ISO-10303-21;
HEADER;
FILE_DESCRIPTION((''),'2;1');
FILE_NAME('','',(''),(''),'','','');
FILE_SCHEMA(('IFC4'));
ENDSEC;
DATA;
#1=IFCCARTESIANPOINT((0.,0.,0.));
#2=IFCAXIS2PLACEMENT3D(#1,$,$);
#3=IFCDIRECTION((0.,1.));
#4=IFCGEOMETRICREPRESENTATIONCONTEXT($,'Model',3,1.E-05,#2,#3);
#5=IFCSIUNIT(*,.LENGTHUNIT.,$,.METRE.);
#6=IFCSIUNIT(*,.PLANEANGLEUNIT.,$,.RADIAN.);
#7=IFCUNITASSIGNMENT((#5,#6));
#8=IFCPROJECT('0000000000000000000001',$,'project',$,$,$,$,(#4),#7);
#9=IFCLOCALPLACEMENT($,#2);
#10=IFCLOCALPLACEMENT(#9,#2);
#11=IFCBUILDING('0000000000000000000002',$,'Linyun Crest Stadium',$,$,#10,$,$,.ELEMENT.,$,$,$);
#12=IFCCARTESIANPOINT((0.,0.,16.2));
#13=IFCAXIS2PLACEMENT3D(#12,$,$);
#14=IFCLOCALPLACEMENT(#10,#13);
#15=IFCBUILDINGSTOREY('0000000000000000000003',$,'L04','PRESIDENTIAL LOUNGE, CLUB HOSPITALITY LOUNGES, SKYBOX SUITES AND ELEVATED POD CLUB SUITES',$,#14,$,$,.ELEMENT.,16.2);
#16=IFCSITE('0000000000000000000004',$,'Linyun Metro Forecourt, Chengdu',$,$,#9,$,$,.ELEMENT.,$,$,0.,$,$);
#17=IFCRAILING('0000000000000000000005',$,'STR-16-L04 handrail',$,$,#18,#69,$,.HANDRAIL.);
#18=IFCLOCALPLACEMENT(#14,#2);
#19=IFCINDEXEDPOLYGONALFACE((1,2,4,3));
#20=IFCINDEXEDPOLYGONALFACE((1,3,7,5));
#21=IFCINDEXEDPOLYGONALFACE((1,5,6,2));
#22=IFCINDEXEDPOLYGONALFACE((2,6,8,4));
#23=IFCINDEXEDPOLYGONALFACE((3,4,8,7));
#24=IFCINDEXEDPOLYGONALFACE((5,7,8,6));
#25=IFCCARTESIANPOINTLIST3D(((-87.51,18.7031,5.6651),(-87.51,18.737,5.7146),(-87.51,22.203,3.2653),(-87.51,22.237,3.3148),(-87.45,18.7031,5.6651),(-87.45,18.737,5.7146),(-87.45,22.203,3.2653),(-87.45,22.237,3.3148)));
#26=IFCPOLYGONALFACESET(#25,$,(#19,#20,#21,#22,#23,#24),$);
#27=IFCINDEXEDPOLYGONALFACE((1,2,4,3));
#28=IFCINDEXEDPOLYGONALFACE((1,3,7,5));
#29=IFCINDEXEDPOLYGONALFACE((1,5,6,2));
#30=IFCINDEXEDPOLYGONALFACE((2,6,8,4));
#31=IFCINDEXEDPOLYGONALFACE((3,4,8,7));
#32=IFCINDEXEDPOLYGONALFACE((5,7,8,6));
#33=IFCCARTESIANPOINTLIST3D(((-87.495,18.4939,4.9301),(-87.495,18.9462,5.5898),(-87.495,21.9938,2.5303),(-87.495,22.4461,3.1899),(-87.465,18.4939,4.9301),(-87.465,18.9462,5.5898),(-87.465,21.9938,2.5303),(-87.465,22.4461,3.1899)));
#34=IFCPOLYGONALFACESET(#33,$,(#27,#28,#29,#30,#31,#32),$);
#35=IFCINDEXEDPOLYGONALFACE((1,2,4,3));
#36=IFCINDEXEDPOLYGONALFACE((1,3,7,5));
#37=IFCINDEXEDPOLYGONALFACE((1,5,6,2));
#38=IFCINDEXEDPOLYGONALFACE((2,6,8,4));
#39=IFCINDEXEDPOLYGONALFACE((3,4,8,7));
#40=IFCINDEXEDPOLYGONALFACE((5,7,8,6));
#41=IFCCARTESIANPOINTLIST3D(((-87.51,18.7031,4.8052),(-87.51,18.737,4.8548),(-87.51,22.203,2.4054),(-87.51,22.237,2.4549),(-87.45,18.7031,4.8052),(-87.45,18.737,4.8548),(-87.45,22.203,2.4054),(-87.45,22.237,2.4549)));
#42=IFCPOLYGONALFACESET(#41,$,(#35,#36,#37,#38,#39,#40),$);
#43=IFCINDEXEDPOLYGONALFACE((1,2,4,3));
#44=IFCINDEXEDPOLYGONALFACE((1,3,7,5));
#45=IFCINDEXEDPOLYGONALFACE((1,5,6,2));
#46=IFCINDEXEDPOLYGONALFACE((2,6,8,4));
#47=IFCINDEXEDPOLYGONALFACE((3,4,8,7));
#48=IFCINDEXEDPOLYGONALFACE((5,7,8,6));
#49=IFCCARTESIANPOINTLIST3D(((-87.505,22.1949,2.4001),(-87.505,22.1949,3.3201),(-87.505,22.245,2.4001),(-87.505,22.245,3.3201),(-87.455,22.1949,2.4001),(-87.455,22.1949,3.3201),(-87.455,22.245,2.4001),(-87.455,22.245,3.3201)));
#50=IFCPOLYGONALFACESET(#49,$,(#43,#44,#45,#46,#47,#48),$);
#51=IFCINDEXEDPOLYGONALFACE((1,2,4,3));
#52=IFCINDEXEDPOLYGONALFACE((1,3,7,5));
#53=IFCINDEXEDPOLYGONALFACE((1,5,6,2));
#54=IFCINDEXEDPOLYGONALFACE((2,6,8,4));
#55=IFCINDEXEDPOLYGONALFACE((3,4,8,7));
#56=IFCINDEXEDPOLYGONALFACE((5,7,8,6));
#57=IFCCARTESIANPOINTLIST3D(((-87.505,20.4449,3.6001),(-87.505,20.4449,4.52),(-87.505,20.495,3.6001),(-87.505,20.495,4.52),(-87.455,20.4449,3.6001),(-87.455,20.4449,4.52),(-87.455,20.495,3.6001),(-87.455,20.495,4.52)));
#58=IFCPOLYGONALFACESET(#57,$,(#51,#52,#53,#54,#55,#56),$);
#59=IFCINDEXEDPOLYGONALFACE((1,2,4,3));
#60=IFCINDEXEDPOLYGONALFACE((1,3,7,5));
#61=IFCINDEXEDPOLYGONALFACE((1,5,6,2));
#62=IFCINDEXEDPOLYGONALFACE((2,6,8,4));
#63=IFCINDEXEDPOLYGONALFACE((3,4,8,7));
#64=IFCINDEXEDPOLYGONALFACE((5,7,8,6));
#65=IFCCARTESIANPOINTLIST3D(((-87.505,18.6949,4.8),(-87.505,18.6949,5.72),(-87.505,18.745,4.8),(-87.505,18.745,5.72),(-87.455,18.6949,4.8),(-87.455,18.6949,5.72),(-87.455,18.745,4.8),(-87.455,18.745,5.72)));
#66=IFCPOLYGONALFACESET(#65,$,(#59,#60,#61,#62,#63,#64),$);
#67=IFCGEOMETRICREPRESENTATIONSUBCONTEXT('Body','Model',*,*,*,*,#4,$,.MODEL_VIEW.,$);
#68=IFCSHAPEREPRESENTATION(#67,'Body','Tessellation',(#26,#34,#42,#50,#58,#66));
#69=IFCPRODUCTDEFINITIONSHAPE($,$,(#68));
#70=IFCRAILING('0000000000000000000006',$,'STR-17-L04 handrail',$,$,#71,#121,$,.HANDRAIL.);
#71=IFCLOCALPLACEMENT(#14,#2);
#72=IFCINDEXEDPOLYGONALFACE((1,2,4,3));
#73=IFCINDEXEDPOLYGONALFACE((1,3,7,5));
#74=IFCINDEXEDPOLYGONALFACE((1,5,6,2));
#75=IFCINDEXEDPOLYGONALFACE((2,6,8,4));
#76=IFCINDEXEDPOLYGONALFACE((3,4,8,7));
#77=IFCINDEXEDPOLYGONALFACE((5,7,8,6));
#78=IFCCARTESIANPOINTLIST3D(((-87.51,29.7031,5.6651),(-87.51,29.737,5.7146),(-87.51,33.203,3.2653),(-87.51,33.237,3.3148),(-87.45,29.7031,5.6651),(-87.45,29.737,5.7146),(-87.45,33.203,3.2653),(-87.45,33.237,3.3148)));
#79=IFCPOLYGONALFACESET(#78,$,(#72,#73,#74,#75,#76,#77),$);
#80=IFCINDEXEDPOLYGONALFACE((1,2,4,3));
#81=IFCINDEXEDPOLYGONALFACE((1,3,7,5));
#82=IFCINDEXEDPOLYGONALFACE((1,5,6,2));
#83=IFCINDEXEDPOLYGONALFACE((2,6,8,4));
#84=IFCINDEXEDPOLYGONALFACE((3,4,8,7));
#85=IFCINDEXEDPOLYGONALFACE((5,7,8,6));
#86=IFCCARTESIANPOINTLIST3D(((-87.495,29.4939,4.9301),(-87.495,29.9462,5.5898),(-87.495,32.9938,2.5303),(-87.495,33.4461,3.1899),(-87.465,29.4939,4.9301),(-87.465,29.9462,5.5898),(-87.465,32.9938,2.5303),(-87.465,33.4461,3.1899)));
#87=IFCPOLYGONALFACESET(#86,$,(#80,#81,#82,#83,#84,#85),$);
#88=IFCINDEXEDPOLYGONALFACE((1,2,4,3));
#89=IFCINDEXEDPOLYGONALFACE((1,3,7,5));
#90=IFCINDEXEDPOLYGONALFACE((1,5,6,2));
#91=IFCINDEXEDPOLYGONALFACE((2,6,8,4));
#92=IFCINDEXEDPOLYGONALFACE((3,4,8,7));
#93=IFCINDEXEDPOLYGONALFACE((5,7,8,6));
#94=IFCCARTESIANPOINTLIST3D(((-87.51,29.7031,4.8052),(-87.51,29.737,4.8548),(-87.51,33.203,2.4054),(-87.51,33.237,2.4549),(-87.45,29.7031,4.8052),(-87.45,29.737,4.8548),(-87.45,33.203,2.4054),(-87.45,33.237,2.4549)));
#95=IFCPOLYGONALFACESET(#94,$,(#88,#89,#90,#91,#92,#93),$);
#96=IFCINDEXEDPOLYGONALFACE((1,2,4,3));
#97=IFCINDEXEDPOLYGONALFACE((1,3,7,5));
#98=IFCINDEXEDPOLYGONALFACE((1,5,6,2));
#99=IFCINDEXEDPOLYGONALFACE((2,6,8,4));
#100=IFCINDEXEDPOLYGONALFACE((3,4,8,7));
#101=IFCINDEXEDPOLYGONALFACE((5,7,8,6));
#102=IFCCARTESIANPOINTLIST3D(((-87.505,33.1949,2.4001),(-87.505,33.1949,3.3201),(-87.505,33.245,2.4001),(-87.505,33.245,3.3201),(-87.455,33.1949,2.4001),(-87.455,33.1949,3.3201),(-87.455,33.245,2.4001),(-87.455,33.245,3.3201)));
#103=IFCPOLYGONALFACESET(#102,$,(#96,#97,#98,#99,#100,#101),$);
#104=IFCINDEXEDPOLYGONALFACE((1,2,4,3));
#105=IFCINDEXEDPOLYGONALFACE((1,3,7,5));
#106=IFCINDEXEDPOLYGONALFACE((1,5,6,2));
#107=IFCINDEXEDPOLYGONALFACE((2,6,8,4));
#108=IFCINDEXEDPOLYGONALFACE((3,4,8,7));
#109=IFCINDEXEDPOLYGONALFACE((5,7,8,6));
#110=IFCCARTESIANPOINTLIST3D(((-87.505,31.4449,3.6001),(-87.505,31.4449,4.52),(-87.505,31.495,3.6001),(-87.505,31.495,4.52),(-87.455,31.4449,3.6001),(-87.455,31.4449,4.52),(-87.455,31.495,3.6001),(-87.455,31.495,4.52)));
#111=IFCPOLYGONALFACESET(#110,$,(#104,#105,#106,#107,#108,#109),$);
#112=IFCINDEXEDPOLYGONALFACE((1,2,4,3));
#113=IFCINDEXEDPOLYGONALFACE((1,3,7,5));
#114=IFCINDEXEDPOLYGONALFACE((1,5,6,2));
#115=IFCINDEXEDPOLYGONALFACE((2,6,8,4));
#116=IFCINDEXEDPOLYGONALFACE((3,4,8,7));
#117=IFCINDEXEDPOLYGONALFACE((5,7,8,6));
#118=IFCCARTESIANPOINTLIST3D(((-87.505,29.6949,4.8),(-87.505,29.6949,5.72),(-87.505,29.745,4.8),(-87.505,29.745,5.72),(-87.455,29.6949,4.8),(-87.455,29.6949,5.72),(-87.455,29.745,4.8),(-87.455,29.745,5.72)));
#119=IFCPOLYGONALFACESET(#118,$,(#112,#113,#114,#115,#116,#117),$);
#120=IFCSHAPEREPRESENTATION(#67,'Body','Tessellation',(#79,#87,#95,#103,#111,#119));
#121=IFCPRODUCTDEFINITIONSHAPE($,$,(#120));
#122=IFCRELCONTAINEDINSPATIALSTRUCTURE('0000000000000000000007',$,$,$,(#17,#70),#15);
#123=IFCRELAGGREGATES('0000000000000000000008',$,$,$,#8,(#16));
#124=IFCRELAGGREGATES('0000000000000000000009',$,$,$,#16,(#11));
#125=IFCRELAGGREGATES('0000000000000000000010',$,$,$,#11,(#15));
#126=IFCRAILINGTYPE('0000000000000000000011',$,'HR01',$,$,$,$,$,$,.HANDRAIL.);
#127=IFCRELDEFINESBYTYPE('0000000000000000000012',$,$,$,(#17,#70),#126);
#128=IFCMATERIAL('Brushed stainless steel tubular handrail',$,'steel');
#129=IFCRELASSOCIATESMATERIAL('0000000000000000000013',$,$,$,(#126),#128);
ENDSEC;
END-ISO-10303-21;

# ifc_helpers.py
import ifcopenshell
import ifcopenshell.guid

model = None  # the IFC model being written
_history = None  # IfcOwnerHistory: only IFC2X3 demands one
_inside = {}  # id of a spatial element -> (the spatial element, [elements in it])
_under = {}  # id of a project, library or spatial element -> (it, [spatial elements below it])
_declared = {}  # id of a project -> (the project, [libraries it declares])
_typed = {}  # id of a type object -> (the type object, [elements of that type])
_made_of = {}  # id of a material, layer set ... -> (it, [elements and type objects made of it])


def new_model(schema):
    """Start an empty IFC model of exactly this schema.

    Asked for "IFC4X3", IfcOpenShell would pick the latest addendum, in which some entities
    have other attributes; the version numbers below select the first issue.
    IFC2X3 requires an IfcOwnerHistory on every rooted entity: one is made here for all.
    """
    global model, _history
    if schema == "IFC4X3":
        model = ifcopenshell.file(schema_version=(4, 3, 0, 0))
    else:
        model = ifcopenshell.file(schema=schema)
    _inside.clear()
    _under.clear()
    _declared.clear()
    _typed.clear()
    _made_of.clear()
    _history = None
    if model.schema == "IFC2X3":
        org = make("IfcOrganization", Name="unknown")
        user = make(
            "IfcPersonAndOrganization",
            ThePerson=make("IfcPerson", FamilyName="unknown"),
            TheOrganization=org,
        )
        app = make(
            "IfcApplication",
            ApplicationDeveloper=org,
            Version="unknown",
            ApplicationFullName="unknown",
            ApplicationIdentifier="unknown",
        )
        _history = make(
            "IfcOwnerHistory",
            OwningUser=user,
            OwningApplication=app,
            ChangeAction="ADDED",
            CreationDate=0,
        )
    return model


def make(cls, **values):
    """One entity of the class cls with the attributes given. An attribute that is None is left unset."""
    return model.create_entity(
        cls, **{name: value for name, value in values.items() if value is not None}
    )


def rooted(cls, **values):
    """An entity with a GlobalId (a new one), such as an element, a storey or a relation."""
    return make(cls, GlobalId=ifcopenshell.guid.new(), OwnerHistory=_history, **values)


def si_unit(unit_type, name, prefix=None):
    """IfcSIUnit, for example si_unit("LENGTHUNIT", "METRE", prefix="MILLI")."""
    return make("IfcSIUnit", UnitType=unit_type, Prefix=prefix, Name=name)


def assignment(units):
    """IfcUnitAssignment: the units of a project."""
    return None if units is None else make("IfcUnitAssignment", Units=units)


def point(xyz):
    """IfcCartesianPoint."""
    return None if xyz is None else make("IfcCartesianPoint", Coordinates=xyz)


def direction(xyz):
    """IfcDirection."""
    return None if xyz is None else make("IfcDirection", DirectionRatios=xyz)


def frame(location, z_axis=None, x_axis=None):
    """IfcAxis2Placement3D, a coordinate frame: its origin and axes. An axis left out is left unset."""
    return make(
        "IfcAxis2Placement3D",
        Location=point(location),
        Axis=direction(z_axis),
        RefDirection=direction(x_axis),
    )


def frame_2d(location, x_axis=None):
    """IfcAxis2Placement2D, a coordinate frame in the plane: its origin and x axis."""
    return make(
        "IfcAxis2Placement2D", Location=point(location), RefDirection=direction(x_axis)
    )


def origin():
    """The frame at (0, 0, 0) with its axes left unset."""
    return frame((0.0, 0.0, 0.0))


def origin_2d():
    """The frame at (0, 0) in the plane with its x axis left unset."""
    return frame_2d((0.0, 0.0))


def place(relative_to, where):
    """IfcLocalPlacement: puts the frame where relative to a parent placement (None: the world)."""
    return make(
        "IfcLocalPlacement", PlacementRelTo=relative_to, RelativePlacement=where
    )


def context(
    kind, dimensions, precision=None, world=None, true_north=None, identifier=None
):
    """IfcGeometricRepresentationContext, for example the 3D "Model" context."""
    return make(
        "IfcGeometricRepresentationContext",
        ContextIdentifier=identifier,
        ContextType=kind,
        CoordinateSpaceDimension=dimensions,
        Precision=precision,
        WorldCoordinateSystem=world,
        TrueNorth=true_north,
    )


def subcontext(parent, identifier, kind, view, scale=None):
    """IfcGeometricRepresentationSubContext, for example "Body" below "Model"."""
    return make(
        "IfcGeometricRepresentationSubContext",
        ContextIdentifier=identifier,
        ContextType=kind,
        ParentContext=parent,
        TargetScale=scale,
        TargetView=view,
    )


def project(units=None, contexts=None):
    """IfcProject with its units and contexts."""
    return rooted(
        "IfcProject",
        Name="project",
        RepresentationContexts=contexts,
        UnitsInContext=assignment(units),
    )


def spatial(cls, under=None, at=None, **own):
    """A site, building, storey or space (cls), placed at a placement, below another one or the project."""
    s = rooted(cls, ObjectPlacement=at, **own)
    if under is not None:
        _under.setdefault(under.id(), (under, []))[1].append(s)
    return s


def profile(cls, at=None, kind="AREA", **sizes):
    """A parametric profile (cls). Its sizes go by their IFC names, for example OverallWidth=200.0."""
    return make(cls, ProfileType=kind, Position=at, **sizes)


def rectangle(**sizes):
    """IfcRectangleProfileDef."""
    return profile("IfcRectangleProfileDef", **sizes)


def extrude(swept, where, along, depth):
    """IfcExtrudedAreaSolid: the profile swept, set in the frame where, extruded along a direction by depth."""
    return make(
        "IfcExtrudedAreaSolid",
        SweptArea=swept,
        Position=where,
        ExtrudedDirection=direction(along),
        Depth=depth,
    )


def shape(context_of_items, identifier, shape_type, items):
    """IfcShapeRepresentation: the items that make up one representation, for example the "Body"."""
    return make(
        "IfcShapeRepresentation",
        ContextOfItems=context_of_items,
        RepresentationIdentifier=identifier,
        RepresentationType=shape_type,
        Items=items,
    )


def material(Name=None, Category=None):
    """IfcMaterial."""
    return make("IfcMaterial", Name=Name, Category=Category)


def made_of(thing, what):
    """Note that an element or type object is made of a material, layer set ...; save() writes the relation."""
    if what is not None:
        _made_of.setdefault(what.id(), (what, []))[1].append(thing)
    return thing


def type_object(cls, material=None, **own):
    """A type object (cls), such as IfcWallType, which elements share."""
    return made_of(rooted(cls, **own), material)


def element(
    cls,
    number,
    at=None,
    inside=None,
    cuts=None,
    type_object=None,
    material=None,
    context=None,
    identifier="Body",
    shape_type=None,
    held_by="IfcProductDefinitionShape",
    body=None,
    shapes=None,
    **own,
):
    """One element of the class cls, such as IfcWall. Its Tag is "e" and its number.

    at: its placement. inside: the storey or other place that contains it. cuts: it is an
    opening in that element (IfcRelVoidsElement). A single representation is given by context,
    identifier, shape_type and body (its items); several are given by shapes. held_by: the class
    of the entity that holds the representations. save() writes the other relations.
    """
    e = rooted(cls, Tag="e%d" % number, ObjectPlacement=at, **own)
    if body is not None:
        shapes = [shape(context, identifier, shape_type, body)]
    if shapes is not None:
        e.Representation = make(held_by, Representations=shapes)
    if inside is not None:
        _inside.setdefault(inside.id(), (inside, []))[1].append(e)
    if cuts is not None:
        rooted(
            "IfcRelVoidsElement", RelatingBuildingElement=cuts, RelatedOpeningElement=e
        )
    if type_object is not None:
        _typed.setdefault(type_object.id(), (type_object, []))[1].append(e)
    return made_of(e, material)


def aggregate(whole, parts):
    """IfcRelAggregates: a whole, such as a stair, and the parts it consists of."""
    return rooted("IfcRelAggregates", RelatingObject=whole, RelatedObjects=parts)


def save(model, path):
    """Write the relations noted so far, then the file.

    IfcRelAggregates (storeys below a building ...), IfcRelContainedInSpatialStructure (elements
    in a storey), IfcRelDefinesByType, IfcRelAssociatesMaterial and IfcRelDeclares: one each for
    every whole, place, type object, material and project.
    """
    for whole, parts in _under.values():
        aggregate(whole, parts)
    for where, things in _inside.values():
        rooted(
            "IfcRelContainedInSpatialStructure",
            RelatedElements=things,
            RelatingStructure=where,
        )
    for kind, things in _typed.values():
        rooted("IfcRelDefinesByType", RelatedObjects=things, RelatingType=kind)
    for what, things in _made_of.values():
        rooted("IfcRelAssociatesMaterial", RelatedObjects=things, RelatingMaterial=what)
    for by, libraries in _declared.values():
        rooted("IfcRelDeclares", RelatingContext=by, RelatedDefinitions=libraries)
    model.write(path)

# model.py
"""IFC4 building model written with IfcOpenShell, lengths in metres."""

from ifc_helpers import new_model, si_unit, direction, frame, origin, origin_2d, place, context, subcontext, project, spatial, rectangle, extrude, material, type_object, element, save


model = new_model("IFC4")

# Units and contexts
model_context = context("Model", 3, precision=1e-05, world=origin(), true_north=direction((0.0, 1.0)))
body_context = subcontext(model_context, "Body", "Model", "MODEL_VIEW")
ifc_project = project(units=[si_unit("LENGTHUNIT", "METRE"), si_unit("PLANEANGLEUNIT", "RADIAN")], contexts=[model_context])

# Site, building, storey
site_placement = place(None, origin())
site = spatial("IfcSite", under=ifc_project, at=site_placement, Name="Linyun Metro Forecourt, Chengdu", CompositionType="ELEMENT", RefElevation=0.0)
building_placement = place(site_placement, origin())
building = spatial("IfcBuilding", under=site, at=building_placement, Name="Linyun Crest Stadium", CompositionType="ELEMENT")
storey_placement = place(building_placement, frame((0.0, 0.0, 16.2)))
storey = spatial("IfcBuildingStorey", under=building, at=storey_placement, Name="L04", Description="PRESIDENTIAL LOUNGE, CLUB HOSPITALITY LOUNGES, SKYBOX SUITES AND ELEVATED POD CLUB SUITES", CompositionType="ELEMENT", Elevation=16.2)

# Railings
ifc_material_1 = material(Name="Brushed stainless steel tubular handrail", Category="steel")
railing_type_1 = type_object("IfcRailingType", Name="HR01", PredefinedType="HANDRAIL", material=ifc_material_1)
for number, where, name in (
    (1, (-87.48, 22.22, 2.4001), "STR-16-L04 handrail"),
    (2, (-87.48, 33.22, 2.4001), "STR-17-L04 handrail"),
):
    element("IfcRailing", number, at=place(storey_placement, frame(where)), inside=storey, type_object=railing_type_1, Name=name, PredefinedType="HANDRAIL", context=body_context, shape_type="SweptSolid", body=[
        extrude(rectangle(XDim=0.0601, YDim=0.0601, at=origin_2d()), frame((0.0, 0.0, 0.8899), z_axis=(0.0, -0.82474, 0.565513), x_axis=(1.0, 0.0, 0.0)), (0.0, 0.0, 1.0), 4.2437),
        extrude(rectangle(XDim=0.03, YDim=0.7998, at=origin_2d()), frame((0.0, 0.0, 0.46), z_axis=(0.0, -0.82474, 0.565513), x_axis=(1.0, 0.0, 0.0)), (0.0, 0.0, 1.0), 4.2437),
        extrude(rectangle(XDim=0.0601, YDim=0.0601, at=origin_2d()), frame((0.0, 0.0, 0.03), z_axis=(0.0, -0.82474, 0.565513), x_axis=(1.0, 0.0, 0.0)), (0.0, 0.0, 1.0), 4.2437),
        extrude(rectangle(XDim=0.05, YDim=0.05, at=origin_2d()), origin(), (0.0, 0.0, 1.0), 0.9199),
        extrude(rectangle(XDim=0.05, YDim=0.05, at=origin_2d()), frame((0.0, -1.75, 1.2)), (0.0, 0.0, 1.0), 0.9199),
        extrude(rectangle(XDim=0.05, YDim=0.05, at=origin_2d()), frame((0.0, -3.5, 2.3999)), (0.0, 0.0, 1.0), 0.9199),
    ])

save(model, "model.ifc")
